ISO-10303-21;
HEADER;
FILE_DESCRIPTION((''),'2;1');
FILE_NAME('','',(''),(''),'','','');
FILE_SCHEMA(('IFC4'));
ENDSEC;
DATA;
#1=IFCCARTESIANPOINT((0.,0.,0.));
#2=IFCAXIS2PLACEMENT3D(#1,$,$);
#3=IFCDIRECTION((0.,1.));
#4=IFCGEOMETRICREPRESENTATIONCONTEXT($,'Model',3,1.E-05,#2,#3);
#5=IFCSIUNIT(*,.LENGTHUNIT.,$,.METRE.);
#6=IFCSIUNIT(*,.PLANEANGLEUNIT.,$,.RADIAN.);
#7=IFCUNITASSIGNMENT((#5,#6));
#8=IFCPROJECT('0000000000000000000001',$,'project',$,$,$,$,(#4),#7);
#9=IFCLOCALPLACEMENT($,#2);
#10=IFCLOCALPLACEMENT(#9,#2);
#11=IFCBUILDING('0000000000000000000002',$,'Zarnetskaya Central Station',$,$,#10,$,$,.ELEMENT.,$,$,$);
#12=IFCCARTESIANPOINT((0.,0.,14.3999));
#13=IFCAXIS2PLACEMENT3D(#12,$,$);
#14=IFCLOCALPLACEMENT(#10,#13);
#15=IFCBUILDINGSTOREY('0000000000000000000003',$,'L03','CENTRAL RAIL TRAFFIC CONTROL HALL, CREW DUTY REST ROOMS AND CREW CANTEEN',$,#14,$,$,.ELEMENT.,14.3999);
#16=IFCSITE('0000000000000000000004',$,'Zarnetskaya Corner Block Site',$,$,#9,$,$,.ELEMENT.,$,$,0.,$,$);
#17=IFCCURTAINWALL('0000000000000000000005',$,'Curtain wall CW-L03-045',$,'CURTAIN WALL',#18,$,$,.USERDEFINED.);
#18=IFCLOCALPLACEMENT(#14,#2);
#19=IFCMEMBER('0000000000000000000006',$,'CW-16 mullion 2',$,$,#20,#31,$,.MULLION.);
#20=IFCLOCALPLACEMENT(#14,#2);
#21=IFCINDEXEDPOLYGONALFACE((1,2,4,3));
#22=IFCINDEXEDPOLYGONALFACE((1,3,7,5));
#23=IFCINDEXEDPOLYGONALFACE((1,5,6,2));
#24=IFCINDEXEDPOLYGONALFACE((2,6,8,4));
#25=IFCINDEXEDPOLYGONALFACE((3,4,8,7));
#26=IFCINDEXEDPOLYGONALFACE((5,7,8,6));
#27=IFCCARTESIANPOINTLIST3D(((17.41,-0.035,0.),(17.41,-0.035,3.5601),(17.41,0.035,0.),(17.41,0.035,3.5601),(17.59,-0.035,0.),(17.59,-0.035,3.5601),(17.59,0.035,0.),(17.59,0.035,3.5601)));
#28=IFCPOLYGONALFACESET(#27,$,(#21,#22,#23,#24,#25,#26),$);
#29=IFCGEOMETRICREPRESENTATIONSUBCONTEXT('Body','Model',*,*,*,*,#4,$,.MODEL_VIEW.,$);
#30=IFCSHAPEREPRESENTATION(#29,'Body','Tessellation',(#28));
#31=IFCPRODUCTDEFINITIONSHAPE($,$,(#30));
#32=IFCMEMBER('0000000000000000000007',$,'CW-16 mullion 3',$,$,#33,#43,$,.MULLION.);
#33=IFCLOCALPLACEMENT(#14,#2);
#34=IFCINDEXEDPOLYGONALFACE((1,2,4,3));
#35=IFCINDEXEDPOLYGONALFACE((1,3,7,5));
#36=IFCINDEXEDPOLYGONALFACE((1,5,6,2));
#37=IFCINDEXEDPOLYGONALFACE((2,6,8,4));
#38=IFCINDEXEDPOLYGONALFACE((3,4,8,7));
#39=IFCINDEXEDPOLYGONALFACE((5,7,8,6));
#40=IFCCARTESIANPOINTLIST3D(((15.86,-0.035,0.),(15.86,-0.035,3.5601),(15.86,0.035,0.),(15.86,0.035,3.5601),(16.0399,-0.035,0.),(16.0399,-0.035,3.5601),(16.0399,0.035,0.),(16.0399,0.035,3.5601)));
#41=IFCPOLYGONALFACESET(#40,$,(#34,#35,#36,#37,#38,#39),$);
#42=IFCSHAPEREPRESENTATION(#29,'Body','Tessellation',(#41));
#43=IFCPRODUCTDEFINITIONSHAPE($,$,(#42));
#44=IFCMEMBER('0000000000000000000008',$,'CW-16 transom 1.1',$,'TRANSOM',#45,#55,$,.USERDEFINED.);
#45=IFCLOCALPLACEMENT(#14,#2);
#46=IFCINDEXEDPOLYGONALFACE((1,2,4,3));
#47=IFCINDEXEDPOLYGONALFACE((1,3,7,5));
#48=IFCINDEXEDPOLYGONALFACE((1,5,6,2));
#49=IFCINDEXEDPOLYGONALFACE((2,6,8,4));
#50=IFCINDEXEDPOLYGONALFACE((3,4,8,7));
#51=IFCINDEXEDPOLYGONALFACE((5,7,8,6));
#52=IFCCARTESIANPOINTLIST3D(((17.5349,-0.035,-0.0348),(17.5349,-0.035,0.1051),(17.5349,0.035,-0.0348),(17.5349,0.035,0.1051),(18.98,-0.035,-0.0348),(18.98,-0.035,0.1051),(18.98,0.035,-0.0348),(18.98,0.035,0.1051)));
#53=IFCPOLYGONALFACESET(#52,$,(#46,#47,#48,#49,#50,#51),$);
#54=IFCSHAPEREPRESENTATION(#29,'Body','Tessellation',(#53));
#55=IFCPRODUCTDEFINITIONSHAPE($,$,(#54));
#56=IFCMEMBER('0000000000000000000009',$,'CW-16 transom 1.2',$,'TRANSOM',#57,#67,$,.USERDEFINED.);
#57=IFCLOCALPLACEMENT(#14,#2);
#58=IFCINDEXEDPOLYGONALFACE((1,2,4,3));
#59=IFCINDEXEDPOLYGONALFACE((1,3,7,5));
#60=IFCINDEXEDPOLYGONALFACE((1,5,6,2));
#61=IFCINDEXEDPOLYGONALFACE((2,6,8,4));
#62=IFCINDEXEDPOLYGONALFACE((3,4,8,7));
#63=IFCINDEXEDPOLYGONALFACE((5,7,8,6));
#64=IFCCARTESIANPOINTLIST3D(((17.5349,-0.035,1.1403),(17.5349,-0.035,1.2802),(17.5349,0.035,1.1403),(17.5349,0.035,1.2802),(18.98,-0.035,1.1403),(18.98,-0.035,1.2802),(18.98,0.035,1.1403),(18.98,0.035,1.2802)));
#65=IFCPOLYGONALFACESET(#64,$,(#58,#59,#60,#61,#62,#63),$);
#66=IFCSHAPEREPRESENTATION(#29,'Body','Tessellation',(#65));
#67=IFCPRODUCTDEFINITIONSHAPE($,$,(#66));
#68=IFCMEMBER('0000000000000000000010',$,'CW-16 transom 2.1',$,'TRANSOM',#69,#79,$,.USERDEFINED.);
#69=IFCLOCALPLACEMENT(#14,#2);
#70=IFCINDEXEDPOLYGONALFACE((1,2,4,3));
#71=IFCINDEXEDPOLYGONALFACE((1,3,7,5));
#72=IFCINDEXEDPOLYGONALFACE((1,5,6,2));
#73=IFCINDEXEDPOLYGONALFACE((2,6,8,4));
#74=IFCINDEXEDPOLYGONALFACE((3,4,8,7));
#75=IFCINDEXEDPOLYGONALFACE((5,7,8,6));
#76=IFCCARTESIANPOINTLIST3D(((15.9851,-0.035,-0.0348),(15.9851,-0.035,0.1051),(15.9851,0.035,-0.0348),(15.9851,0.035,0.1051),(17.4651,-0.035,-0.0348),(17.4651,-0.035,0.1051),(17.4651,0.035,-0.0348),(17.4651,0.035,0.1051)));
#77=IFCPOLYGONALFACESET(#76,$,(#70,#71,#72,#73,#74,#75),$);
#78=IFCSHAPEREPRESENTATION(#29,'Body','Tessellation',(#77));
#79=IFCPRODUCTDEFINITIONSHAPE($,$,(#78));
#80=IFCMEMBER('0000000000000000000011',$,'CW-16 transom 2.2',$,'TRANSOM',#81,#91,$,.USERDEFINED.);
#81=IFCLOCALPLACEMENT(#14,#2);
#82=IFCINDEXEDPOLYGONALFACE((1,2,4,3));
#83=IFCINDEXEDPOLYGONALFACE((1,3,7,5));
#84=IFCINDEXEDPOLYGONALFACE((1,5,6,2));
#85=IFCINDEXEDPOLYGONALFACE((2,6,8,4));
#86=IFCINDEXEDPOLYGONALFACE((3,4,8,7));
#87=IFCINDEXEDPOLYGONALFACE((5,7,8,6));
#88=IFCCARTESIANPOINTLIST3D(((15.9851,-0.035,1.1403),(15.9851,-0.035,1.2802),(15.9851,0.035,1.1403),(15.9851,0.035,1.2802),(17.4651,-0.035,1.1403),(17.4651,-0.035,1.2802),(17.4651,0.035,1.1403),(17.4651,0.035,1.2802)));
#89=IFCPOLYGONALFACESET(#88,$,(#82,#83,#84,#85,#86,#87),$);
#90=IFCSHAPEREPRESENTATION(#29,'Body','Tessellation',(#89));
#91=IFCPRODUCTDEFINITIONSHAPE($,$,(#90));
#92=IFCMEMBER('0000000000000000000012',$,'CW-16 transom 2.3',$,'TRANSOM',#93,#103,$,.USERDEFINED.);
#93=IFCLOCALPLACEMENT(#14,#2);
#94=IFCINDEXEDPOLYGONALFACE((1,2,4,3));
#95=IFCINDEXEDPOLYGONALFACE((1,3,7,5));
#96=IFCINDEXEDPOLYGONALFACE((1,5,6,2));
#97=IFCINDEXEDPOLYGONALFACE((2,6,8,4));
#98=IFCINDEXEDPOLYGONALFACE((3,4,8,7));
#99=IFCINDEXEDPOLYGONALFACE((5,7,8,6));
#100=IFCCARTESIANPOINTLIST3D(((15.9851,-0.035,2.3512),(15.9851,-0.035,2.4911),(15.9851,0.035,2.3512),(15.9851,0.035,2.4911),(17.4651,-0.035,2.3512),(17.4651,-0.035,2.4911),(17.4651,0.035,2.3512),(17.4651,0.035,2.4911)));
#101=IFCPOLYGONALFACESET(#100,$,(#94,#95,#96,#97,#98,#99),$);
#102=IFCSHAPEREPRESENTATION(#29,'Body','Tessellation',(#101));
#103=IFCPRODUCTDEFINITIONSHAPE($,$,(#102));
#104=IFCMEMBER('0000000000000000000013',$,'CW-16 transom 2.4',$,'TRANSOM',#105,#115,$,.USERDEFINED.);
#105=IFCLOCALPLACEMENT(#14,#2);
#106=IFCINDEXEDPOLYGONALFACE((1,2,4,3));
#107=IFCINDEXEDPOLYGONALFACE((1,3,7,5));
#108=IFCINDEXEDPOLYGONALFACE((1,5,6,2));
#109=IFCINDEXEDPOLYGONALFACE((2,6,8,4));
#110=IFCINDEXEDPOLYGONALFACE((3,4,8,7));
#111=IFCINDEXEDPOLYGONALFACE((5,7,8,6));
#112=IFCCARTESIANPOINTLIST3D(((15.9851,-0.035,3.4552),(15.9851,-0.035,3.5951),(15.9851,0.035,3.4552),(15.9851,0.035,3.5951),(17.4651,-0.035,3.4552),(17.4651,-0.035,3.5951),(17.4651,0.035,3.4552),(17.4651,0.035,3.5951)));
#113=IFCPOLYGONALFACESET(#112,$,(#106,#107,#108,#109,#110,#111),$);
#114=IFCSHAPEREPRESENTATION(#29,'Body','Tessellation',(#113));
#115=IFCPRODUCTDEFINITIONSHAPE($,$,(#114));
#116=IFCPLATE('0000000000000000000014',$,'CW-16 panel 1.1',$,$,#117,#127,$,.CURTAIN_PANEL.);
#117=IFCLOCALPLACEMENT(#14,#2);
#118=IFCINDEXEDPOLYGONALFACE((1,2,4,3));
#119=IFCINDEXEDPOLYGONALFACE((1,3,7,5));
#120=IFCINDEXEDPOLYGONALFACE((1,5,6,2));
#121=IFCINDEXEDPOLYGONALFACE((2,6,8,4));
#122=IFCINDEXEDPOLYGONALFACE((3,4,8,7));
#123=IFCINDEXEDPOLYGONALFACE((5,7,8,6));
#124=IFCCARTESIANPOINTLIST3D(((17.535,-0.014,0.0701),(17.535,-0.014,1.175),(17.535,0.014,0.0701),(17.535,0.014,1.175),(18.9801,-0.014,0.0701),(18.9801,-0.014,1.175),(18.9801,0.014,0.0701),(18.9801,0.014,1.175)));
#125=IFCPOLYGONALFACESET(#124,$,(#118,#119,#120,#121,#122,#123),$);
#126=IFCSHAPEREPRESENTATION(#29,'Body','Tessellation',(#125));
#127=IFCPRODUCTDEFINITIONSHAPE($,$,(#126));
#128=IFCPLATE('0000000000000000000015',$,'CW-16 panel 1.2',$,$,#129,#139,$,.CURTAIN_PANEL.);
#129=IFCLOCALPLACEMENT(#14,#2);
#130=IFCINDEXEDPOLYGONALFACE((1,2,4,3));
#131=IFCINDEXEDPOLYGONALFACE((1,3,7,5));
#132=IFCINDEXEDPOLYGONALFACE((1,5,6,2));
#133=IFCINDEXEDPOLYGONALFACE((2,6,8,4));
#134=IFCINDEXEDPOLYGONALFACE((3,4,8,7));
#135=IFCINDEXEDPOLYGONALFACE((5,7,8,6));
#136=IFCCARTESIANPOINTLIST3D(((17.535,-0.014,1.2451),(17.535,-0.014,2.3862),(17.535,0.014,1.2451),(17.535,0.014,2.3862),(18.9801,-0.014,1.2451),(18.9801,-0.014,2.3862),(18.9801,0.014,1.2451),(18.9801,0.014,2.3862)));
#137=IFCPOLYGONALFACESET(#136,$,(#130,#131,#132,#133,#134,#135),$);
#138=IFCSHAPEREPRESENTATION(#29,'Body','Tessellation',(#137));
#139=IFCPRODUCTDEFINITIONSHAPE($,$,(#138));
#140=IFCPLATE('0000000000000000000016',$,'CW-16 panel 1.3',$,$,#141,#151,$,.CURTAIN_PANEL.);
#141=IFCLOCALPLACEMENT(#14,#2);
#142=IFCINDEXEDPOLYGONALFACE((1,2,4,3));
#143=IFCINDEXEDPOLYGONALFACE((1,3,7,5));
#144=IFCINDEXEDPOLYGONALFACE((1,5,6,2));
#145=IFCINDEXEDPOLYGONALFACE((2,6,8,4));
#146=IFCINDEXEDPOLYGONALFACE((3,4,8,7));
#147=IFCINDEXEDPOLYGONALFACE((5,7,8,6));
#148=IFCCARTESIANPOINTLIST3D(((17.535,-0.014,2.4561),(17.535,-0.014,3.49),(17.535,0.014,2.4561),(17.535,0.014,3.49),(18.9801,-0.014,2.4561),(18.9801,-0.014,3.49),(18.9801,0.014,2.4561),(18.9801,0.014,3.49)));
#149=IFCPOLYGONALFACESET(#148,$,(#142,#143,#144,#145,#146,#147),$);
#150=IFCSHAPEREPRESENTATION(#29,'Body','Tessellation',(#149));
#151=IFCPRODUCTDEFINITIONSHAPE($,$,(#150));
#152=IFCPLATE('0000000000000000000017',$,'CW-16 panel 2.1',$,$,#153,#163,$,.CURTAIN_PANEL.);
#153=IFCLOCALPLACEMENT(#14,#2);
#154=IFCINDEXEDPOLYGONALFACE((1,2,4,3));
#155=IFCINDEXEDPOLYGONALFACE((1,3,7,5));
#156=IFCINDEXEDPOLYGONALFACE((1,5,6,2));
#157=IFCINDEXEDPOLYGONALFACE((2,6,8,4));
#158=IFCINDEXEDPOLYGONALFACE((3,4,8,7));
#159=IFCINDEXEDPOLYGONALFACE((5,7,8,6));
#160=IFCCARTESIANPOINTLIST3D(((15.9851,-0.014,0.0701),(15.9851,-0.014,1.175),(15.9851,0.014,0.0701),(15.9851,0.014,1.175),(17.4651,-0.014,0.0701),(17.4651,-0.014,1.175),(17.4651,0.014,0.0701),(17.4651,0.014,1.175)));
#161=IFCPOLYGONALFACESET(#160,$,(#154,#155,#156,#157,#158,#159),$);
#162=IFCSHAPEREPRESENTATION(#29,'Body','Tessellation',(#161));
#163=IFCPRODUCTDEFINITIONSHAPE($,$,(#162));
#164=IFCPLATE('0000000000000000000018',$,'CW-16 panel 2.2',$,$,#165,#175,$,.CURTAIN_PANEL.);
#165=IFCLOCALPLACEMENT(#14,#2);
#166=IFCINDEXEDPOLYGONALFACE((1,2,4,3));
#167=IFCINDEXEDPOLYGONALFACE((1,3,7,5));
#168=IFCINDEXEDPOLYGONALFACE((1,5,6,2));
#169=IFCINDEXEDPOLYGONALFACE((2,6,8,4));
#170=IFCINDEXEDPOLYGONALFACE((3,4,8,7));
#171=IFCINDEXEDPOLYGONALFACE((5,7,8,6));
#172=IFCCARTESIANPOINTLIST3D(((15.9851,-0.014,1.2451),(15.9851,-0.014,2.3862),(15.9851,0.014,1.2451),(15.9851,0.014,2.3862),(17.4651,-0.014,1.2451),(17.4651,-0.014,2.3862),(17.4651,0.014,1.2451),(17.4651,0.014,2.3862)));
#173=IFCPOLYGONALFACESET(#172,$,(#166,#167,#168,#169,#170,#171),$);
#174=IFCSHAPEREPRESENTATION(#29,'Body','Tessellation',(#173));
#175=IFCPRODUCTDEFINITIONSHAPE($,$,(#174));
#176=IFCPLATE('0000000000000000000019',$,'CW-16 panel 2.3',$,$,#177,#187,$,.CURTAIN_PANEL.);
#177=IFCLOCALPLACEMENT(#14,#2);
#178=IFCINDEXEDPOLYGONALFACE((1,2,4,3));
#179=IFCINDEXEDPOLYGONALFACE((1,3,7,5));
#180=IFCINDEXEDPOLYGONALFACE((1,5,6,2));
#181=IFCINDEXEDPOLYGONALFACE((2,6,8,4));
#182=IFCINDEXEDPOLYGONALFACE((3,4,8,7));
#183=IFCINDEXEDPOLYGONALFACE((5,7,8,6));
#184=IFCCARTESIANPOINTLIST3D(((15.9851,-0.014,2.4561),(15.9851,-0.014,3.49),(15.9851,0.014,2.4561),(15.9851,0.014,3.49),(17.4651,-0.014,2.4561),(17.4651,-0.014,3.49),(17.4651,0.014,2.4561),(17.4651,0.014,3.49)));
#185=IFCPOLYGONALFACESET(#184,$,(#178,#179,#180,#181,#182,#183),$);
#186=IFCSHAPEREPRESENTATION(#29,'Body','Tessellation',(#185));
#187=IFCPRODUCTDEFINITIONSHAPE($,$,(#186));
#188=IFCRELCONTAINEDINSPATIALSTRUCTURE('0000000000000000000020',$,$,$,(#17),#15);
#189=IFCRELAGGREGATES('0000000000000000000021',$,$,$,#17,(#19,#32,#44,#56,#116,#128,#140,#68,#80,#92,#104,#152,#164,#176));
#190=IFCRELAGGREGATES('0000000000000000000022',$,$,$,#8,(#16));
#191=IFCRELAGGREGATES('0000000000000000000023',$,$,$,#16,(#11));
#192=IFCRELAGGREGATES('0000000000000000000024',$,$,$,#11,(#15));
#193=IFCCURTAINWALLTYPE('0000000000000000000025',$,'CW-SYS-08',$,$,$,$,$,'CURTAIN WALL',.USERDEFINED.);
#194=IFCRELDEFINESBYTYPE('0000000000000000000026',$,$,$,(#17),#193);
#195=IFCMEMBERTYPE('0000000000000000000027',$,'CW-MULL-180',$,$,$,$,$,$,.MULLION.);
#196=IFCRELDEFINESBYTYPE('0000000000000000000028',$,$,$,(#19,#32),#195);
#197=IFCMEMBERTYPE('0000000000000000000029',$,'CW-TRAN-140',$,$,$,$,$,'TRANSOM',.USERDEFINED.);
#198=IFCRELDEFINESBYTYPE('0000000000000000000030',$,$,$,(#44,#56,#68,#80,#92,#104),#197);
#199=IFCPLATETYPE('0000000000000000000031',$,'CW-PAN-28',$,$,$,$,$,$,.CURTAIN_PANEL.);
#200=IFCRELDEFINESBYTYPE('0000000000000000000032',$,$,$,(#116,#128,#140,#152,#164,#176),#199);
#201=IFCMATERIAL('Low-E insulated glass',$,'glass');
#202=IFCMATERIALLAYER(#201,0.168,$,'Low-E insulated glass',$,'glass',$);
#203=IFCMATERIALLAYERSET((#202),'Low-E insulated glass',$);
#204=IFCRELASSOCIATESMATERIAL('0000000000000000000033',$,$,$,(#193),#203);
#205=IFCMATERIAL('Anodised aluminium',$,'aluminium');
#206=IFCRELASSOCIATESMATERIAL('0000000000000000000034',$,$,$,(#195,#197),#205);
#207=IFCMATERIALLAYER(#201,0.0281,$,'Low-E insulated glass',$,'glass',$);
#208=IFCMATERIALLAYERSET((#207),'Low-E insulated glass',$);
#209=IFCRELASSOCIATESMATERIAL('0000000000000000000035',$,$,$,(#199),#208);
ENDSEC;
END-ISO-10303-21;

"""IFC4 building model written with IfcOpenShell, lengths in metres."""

from ifc_helpers import new_model, si_unit, direction, frame, origin, origin_2d, place, context, subcontext, project, spatial, rectangle, extrude, material, layer, layer_set, material_profile, profile_set, type_object, element, aggregate, save


model = new_model("IFC4")

# Units and contexts
model_context = context("Model", 3, precision=1e-05, world=origin(), true_north=direction((0.0, 1.0)))
body_context = subcontext(model_context, "Body", "Model", "MODEL_VIEW")
ifc_project = project(units=[si_unit("LENGTHUNIT", "METRE"), si_unit("PLANEANGLEUNIT", "RADIAN")], contexts=[model_context])

# Site, building, storey
site_placement = place(None, origin())
site = spatial("IfcSite", under=ifc_project, at=site_placement, Name="Zarnetskaya Corner Block Site", CompositionType="ELEMENT", RefElevation=0.0)
building_placement = place(site_placement, origin())
building = spatial("IfcBuilding", under=site, at=building_placement, Name="Zarnetskaya Central Station", CompositionType="ELEMENT")
storey_placement = place(building_placement, frame((0.0, 0.0, 14.3999)))
storey = spatial("IfcBuildingStorey", under=building, at=storey_placement, Name="L03", Description="CENTRAL RAIL TRAFFIC CONTROL HALL, CREW DUTY REST ROOMS AND CREW CANTEEN", CompositionType="ELEMENT", Elevation=14.3999)

# Curtain wall, members, plates
ifc_material_1 = material(Name="Low-E insulated glass", Category="glass")
ifc_layer_1 = layer(ifc_material_1, 0.168, Name="Low-E insulated glass", Category="glass")
ifc_layer_set_1 = layer_set([ifc_layer_1], Name="Low-E insulated glass")
curtain_wall_type = type_object("IfcCurtainWallType", Name="CW-SYS-08", ElementType="CURTAIN WALL", PredefinedType="USERDEFINED", material=ifc_layer_set_1)
curtain_wall_placement = place(storey_placement, origin())
curtain_wall = element("IfcCurtainWall", 1, at=curtain_wall_placement, inside=storey, type_object=curtain_wall_type, Name="Curtain wall CW-L03-045", ObjectType="CURTAIN WALL", PredefinedType="USERDEFINED")
ifc_material_2 = material(Name="Anodised aluminium", Category="aluminium")
ifc_material_profile_1 = material_profile(ifc_material_2, rectangle(XDim=0.0701, YDim=0.1799, at=origin_2d()), Name="ALU MULL 70x180")
ifc_profile_set_1 = profile_set([ifc_material_profile_1], Name="Anodised aluminium")
member_type_1 = type_object("IfcMemberType", Name="CW-MULL-180", PredefinedType="MULLION", material=ifc_profile_set_1)
member_1_placement = place(storey_placement, frame((17.5, 0.0, 0.0), z_axis=(0.0, 0.0, 1.0), x_axis=(0.0, -1.0, 0.0)))
member_1 = element("IfcMember", 2, at=member_1_placement, type_object=member_type_1, Name="CW-16 mullion 2", PredefinedType="MULLION", context=body_context, shape_type="SweptSolid", body=[
    extrude(rectangle(XDim=0.0701, YDim=0.1799, at=origin_2d()), origin(), (0.0, 0.0, 1.0), 3.5601),
])
member_2_placement = place(storey_placement, frame((15.95, 0.0, 0.0), z_axis=(0.0, 0.0, 1.0), x_axis=(0.0, -1.0, 0.0)))
member_2 = element("IfcMember", 3, at=member_2_placement, type_object=member_type_1, Name="CW-16 mullion 3", PredefinedType="MULLION", context=body_context, shape_type="SweptSolid", body=[
    extrude(rectangle(XDim=0.0701, YDim=0.1799, at=origin_2d()), origin(), (0.0, 0.0, 1.0), 3.5601),
])
ifc_material_profile_2 = material_profile(ifc_material_2, rectangle(XDim=0.0701, YDim=0.1399, at=origin_2d()), Name="ALU TRAN 70x140")
ifc_profile_set_2 = profile_set([ifc_material_profile_2], Name="Anodised aluminium")
member_type_2 = type_object("IfcMemberType", Name="CW-TRAN-140", ElementType="TRANSOM", PredefinedType="USERDEFINED", material=ifc_profile_set_2)
member_3_placement = place(storey_placement, frame((18.98, 0.0, 0.0352), z_axis=(-1.0, 0.0, 0.0), x_axis=(0.0, -1.0, 0.0)))
member_3 = element("IfcMember", 4, at=member_3_placement, type_object=member_type_2, Name="CW-16 transom 1.1", ObjectType="TRANSOM", PredefinedType="USERDEFINED", context=body_context, shape_type="SweptSolid", body=[
    extrude(rectangle(XDim=0.0701, YDim=0.1399, at=origin_2d()), origin(), (0.0, 0.0, 1.0), 1.4451),
])
member_4_placement = place(storey_placement, frame((18.98, 0.0, 1.2102), z_axis=(-1.0, 0.0, 0.0), x_axis=(0.0, -1.0, 0.0)))
member_4 = element("IfcMember", 5, at=member_4_placement, type_object=member_type_2, Name="CW-16 transom 1.2", ObjectType="TRANSOM", PredefinedType="USERDEFINED", context=body_context, shape_type="SweptSolid", body=[
    extrude(rectangle(XDim=0.0701, YDim=0.1399, at=origin_2d()), origin(), (0.0, 0.0, 1.0), 1.4451),
])
member_5_placement = place(storey_placement, frame((17.4651, 0.0, 0.0352), z_axis=(-1.0, 0.0, 0.0), x_axis=(0.0, -1.0, 0.0)))
member_5 = element("IfcMember", 6, at=member_5_placement, type_object=member_type_2, Name="CW-16 transom 2.1", ObjectType="TRANSOM", PredefinedType="USERDEFINED", context=body_context, shape_type="SweptSolid", body=[
    extrude(rectangle(XDim=0.0701, YDim=0.1399, at=origin_2d()), origin(), (0.0, 0.0, 1.0), 1.48),
])
member_6_placement = place(storey_placement, frame((17.4651, 0.0, 1.2102), z_axis=(-1.0, 0.0, 0.0), x_axis=(0.0, -1.0, 0.0)))
member_6 = element("IfcMember", 7, at=member_6_placement, type_object=member_type_2, Name="CW-16 transom 2.2", ObjectType="TRANSOM", PredefinedType="USERDEFINED", context=body_context, shape_type="SweptSolid", body=[
    extrude(rectangle(XDim=0.0701, YDim=0.1399, at=origin_2d()), origin(), (0.0, 0.0, 1.0), 1.48),
])
member_7_placement = place(storey_placement, frame((17.4651, 0.0, 2.4211), z_axis=(-1.0, 0.0, 0.0), x_axis=(0.0, -1.0, 0.0)))
member_7 = element("IfcMember", 8, at=member_7_placement, type_object=member_type_2, Name="CW-16 transom 2.3", ObjectType="TRANSOM", PredefinedType="USERDEFINED", context=body_context, shape_type="SweptSolid", body=[
    extrude(rectangle(XDim=0.0701, YDim=0.1399, at=origin_2d()), origin(), (0.0, 0.0, 1.0), 1.48),
])
member_8_placement = place(storey_placement, frame((17.4651, 0.0, 3.5251), z_axis=(-1.0, 0.0, 0.0), x_axis=(0.0, -1.0, 0.0)))
member_8 = element("IfcMember", 9, at=member_8_placement, type_object=member_type_2, Name="CW-16 transom 2.4", ObjectType="TRANSOM", PredefinedType="USERDEFINED", context=body_context, shape_type="SweptSolid", body=[
    extrude(rectangle(XDim=0.0701, YDim=0.1399, at=origin_2d()), origin(), (0.0, 0.0, 1.0), 1.48),
])
ifc_layer_2 = layer(ifc_material_1, 0.0281, Name="Low-E insulated glass", Category="glass")
ifc_layer_set_2 = layer_set([ifc_layer_2], Name="Low-E insulated glass")
plate_type = type_object("IfcPlateType", Name="CW-PAN-28", PredefinedType="CURTAIN_PANEL", material=ifc_layer_set_2)
plate_1_placement = place(storey_placement, frame((18.2576, 0.0, 0.0701), z_axis=(0.0, 0.0, 1.0), x_axis=(-1.0, 0.0, 0.0)))
plate_1 = element("IfcPlate", 10, at=plate_1_placement, type_object=plate_type, Name="CW-16 panel 1.1", PredefinedType="CURTAIN_PANEL", context=body_context, shape_type="SweptSolid", body=[
    extrude(rectangle(XDim=1.4451, YDim=0.0281, at=origin_2d()), origin(), (0.0, 0.0, 1.0), 1.105),
])
plate_2_placement = place(storey_placement, frame((18.2576, 0.0, 1.2451), z_axis=(0.0, 0.0, 1.0), x_axis=(-1.0, 0.0, 0.0)))
plate_2 = element("IfcPlate", 11, at=plate_2_placement, type_object=plate_type, Name="CW-16 panel 1.2", PredefinedType="CURTAIN_PANEL", context=body_context, shape_type="SweptSolid", body=[
    extrude(rectangle(XDim=1.4451, YDim=0.0281, at=origin_2d()), origin(), (0.0, 0.0, 1.0), 1.1411),
])
plate_3_placement = place(storey_placement, frame((18.2576, 0.0, 2.4561), z_axis=(0.0, 0.0, 1.0), x_axis=(-1.0, 0.0, 0.0)))
plate_3 = element("IfcPlate", 12, at=plate_3_placement, type_object=plate_type, Name="CW-16 panel 1.3", PredefinedType="CURTAIN_PANEL", context=body_context, shape_type="SweptSolid", body=[
    extrude(rectangle(XDim=1.4451, YDim=0.0281, at=origin_2d()), origin(), (0.0, 0.0, 1.0), 1.0339),
])
plate_4_placement = place(storey_placement, frame((16.7251, 0.0, 0.0701), z_axis=(0.0, 0.0, 1.0), x_axis=(-1.0, 0.0, 0.0)))
plate_4 = element("IfcPlate", 13, at=plate_4_placement, type_object=plate_type, Name="CW-16 panel 2.1", PredefinedType="CURTAIN_PANEL", context=body_context, shape_type="SweptSolid", body=[
    extrude(rectangle(XDim=1.48, YDim=0.0281, at=origin_2d()), origin(), (0.0, 0.0, 1.0), 1.105),
])
plate_5_placement = place(storey_placement, frame((16.7251, 0.0, 1.2451), z_axis=(0.0, 0.0, 1.0), x_axis=(-1.0, 0.0, 0.0)))
plate_5 = element("IfcPlate", 14, at=plate_5_placement, type_object=plate_type, Name="CW-16 panel 2.2", PredefinedType="CURTAIN_PANEL", context=body_context, shape_type="SweptSolid", body=[
    extrude(rectangle(XDim=1.48, YDim=0.0281, at=origin_2d()), origin(), (0.0, 0.0, 1.0), 1.1411),
])
plate_6_placement = place(storey_placement, frame((16.7251, 0.0, 2.4561), z_axis=(0.0, 0.0, 1.0), x_axis=(-1.0, 0.0, 0.0)))
plate_6 = element("IfcPlate", 15, at=plate_6_placement, type_object=plate_type, Name="CW-16 panel 2.3", PredefinedType="CURTAIN_PANEL", context=body_context, shape_type="SweptSolid", body=[
    extrude(rectangle(XDim=1.48, YDim=0.0281, at=origin_2d()), origin(), (0.0, 0.0, 1.0), 1.0339),
])
aggregate(curtain_wall, [member_1, member_2, member_3, member_4, plate_1, plate_2, plate_3, member_5, member_6, member_7, member_8, plate_4, plate_5, plate_6])

save(model, "model.ifc")
